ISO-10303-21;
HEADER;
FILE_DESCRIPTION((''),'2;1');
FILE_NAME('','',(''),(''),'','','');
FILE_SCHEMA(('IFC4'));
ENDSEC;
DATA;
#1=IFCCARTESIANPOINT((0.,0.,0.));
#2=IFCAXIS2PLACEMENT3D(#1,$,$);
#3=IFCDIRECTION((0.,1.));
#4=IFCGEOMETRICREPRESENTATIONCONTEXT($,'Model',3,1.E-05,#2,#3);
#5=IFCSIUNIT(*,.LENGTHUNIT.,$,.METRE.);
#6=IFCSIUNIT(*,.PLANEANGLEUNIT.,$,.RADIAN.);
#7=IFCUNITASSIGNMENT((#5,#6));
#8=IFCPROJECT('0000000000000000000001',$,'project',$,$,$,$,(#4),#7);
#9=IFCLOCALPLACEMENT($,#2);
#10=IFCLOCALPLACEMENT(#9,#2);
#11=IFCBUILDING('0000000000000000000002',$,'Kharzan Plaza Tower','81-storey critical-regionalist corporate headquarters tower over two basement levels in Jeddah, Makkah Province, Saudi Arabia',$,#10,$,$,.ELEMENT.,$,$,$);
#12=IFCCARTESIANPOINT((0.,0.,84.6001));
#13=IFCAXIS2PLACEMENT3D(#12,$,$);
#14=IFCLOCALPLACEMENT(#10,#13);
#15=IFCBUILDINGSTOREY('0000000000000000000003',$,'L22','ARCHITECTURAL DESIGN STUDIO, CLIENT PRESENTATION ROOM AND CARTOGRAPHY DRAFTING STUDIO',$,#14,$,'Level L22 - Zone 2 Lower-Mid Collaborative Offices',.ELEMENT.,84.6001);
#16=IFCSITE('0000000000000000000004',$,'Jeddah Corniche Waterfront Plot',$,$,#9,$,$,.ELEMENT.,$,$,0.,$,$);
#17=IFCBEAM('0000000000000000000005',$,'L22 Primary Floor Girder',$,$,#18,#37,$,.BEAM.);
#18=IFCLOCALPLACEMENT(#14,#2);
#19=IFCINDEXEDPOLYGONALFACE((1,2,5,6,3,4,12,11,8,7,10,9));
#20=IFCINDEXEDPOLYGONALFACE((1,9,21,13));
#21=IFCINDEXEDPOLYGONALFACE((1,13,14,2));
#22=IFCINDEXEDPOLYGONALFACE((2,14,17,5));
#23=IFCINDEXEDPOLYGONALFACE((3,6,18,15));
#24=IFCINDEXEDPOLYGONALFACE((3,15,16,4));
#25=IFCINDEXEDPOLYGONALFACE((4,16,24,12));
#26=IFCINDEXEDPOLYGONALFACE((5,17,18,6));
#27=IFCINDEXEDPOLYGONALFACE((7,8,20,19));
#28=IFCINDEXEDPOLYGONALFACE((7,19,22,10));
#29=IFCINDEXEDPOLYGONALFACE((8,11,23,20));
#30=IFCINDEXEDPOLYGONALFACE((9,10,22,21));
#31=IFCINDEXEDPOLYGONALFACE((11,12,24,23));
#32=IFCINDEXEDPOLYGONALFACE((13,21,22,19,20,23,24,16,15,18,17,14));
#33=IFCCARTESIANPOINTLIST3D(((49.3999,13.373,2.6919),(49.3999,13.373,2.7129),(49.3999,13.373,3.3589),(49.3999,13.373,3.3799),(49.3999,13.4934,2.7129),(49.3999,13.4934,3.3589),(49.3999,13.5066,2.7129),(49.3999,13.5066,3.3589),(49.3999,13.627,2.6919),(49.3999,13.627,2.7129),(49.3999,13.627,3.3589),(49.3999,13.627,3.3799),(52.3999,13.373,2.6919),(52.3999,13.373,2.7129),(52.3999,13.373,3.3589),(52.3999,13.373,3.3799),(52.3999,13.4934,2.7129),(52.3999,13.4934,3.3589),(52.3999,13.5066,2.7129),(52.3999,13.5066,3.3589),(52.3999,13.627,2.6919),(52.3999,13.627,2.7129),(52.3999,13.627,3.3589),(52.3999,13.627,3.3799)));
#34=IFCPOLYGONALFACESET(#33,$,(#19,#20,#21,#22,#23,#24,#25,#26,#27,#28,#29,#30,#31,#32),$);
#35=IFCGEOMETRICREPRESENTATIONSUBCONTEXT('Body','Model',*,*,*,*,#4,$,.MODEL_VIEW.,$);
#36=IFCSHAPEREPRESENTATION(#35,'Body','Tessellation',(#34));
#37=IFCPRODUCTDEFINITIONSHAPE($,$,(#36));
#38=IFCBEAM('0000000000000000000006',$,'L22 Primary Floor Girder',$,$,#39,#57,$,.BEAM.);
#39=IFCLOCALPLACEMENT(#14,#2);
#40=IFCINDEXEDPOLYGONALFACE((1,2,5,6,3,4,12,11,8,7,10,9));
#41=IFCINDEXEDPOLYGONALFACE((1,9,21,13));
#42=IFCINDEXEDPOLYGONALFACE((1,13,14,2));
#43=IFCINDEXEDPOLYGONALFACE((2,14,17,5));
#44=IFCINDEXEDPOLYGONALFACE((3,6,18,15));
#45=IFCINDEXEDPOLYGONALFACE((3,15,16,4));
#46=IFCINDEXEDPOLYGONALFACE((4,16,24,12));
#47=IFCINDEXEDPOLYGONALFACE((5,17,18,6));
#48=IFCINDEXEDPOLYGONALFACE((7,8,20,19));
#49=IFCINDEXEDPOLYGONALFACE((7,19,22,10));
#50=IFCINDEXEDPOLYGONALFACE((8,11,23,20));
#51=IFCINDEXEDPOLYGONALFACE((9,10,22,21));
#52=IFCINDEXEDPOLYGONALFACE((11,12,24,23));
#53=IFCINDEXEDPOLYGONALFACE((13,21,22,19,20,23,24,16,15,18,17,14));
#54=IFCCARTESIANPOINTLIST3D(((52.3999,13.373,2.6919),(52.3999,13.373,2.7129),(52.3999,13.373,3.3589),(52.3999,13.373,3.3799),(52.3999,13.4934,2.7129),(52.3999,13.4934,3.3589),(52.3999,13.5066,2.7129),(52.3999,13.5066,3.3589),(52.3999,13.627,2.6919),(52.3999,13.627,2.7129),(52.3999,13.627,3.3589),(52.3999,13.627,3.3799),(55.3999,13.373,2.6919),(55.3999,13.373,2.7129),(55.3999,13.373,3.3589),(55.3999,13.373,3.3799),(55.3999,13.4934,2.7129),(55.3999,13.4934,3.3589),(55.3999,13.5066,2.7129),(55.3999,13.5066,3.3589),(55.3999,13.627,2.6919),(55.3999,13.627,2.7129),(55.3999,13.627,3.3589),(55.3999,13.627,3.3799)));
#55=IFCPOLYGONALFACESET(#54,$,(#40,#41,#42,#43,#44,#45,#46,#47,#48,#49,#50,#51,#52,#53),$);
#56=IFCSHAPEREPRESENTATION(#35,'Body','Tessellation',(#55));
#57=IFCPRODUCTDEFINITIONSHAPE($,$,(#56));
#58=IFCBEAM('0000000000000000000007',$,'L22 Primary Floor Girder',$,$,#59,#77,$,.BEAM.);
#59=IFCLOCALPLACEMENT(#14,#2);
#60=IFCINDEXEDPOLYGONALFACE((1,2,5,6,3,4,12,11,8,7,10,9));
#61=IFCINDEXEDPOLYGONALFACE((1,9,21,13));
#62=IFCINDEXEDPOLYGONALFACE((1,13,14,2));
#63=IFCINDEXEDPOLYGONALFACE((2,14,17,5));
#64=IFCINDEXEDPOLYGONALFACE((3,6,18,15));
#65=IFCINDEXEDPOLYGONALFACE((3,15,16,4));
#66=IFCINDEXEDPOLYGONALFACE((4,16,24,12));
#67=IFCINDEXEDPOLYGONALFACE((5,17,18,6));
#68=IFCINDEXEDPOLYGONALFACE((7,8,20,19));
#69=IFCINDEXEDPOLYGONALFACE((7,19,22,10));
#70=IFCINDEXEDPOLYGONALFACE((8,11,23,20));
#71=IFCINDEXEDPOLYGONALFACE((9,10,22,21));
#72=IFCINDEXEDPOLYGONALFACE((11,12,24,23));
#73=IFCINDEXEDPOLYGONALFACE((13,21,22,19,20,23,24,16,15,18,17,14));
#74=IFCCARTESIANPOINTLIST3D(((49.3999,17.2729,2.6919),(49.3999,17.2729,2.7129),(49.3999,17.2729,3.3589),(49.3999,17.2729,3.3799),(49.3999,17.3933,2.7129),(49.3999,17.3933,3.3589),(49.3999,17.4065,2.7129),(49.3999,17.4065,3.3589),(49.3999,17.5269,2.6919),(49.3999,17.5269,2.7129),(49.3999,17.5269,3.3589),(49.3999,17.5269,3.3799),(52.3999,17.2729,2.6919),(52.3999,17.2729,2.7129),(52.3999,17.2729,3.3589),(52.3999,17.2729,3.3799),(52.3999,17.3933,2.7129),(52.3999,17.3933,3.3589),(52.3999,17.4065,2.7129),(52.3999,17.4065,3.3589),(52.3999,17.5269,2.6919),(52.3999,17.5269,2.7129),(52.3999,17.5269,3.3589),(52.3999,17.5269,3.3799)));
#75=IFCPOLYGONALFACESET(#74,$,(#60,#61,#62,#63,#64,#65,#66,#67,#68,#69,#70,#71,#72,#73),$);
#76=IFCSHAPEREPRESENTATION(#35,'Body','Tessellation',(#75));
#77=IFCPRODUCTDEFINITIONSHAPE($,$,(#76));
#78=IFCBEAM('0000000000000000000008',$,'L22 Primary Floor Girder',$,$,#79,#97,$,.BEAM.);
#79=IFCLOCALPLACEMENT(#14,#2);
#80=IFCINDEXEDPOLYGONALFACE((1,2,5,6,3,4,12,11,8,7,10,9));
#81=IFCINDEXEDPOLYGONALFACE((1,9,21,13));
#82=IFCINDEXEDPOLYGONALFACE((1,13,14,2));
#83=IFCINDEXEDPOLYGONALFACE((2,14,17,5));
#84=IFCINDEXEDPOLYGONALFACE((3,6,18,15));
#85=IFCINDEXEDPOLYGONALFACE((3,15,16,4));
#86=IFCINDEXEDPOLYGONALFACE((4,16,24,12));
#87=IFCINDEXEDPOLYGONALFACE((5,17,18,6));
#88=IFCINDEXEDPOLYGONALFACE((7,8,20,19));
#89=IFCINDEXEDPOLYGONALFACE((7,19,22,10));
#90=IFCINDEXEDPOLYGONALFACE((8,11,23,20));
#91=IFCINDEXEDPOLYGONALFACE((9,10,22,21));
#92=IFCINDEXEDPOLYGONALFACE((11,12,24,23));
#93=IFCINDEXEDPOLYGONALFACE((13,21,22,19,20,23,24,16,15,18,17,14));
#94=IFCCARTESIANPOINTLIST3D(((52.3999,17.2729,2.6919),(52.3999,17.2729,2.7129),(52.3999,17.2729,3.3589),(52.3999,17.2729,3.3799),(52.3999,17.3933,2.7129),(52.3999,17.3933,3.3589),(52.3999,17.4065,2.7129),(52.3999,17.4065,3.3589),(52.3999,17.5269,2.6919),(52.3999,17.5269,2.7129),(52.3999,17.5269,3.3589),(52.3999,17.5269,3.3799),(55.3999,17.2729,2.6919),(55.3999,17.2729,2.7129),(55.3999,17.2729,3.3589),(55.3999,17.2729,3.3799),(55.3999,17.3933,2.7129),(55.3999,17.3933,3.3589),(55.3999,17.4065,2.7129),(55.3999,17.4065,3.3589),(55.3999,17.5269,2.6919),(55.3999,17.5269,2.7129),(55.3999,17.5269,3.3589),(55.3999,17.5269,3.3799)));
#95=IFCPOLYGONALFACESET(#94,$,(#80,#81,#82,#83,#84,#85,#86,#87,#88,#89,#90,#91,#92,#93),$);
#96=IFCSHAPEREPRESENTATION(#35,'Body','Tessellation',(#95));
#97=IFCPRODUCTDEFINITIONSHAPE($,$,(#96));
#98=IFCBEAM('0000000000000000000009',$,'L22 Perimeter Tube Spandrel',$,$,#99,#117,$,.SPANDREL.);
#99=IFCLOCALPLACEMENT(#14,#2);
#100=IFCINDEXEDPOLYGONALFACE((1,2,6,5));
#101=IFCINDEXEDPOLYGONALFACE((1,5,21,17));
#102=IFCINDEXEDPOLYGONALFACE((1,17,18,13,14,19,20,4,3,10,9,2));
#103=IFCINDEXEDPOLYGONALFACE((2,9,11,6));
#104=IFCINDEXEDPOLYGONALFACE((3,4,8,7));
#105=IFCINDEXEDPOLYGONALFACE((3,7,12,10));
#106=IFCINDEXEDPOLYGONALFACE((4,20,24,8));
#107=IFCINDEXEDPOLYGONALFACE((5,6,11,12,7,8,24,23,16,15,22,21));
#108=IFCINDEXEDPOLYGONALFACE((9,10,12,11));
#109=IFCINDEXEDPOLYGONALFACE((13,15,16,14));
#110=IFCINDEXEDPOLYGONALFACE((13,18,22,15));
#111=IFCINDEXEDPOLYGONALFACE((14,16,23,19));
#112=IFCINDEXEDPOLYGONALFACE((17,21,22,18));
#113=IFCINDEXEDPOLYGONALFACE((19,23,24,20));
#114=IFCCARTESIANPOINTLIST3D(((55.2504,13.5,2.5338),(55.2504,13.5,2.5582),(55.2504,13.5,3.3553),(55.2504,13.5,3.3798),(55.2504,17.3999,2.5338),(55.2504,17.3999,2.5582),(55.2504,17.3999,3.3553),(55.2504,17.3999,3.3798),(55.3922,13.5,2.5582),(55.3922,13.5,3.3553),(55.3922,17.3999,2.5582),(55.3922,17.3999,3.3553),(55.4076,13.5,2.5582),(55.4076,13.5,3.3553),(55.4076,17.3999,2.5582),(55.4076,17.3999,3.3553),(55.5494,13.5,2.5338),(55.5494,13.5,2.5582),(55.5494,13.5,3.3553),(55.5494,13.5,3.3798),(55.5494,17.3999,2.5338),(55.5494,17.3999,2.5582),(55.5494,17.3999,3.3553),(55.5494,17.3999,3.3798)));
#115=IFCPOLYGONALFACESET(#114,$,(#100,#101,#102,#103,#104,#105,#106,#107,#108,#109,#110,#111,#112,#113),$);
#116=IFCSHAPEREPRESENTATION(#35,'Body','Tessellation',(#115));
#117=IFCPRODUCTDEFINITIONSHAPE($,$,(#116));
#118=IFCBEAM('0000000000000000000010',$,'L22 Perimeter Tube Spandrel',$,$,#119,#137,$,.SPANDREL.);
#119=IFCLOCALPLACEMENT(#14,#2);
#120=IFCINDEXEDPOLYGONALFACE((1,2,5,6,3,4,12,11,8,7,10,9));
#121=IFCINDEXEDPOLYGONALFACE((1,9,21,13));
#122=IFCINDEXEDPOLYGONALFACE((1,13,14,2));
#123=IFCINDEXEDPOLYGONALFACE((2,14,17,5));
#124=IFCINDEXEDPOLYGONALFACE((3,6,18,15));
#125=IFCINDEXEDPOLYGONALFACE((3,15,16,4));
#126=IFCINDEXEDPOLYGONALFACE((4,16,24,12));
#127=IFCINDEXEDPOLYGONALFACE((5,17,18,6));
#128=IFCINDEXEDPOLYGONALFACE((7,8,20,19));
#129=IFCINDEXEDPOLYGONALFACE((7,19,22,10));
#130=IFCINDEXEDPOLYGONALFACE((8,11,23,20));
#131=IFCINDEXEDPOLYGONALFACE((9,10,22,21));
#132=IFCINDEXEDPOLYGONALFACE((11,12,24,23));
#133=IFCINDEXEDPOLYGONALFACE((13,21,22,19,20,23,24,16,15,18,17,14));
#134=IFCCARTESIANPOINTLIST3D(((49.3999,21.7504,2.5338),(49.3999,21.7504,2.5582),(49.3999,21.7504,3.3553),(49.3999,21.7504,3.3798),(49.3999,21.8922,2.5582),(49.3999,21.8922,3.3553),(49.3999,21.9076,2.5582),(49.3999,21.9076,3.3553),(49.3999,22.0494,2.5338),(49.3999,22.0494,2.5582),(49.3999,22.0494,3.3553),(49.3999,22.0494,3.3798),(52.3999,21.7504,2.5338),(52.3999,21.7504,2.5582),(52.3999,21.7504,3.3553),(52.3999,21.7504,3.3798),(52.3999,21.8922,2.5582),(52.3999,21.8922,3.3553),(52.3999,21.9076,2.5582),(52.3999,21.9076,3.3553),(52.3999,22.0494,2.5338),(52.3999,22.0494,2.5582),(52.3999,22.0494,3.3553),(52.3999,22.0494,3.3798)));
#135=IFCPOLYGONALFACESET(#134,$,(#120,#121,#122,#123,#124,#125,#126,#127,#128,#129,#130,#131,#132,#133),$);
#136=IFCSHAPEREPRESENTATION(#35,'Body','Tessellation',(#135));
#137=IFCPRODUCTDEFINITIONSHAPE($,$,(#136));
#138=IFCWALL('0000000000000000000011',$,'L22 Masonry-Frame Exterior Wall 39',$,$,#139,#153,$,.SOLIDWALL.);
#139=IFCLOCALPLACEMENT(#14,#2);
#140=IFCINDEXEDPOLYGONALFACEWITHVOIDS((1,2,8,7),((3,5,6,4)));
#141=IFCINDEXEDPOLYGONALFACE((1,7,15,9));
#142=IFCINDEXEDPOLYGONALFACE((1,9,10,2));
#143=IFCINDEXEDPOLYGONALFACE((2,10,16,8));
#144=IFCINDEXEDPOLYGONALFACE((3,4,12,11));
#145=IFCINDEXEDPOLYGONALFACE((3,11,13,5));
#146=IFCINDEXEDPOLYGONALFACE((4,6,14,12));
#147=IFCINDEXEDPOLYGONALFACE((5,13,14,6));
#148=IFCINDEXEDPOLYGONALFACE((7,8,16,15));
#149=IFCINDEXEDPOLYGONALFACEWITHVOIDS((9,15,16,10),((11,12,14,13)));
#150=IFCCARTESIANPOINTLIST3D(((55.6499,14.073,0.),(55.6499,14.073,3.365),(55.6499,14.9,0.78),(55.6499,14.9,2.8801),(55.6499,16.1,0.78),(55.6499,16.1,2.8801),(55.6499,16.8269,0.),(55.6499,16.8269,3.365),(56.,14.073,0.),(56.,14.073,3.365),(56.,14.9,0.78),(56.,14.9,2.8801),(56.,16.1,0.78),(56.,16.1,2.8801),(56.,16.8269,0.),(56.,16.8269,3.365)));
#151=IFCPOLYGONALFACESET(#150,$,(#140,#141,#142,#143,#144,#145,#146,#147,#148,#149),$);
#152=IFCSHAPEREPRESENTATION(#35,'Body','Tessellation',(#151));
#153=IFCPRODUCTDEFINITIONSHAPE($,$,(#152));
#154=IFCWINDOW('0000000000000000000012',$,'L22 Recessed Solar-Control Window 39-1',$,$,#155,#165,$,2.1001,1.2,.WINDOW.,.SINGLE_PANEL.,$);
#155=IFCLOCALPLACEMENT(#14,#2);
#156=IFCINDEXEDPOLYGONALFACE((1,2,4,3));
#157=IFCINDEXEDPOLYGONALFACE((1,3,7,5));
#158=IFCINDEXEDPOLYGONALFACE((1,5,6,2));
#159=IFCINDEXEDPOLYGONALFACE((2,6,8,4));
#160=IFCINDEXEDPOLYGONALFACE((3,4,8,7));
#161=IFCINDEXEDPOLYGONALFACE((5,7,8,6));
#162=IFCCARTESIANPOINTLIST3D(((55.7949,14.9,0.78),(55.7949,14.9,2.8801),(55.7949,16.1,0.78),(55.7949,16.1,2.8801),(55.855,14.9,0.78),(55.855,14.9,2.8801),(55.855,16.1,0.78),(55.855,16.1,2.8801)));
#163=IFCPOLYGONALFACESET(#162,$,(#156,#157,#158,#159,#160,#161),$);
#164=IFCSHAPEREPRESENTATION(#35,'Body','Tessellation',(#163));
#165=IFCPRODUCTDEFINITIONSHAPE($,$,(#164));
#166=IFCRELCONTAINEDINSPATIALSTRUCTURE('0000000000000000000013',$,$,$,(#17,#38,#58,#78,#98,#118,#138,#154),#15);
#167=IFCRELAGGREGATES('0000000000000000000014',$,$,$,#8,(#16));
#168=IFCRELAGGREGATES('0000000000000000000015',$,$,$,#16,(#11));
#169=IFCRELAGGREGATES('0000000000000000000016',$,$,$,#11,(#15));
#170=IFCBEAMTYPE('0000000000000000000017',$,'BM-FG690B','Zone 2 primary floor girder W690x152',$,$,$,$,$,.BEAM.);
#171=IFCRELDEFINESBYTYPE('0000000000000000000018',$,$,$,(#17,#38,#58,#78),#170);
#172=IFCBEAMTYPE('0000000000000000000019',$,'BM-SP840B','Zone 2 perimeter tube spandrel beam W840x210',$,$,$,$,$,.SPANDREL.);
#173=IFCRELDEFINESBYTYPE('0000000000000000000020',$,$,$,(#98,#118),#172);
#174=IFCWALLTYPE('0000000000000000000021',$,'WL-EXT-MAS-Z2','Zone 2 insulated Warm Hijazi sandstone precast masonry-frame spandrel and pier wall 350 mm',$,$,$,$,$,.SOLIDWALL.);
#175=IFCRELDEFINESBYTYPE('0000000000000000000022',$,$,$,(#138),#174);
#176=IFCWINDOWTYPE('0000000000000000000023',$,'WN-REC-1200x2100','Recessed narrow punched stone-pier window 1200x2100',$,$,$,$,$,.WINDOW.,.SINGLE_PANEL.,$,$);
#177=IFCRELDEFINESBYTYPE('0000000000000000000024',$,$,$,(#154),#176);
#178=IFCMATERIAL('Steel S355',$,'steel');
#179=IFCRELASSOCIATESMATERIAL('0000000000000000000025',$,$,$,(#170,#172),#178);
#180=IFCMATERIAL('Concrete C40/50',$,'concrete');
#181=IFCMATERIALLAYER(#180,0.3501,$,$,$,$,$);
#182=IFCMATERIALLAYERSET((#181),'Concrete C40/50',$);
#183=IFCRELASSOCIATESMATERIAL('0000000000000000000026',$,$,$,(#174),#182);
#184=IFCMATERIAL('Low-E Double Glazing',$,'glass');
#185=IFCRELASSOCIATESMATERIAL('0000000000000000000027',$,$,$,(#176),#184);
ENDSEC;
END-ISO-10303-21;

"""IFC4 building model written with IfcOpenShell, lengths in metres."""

from ifc_helpers import new_model, si_unit, direction, frame, frame_2d, origin, origin_2d, place, context, subcontext, project, spatial, rectangle, i_section, extrude, source, transform, mapped, material, layer, layer_set, material_profile, profile_set, type_object, element, fill, save


model = new_model("IFC4")

# Units and contexts
model_context = context("Model", 3, precision=1e-05, world=origin(), true_north=direction((0.0, 1.0)))
body_context = subcontext(model_context, "Body", "Model", "MODEL_VIEW")
ifc_project = project(units=[si_unit("LENGTHUNIT", "METRE"), si_unit("PLANEANGLEUNIT", "RADIAN")], contexts=[model_context])

# Site, building, storey
site_placement = place(None, origin())
site = spatial("IfcSite", under=ifc_project, at=site_placement, Name="Jeddah Corniche Waterfront Plot", CompositionType="ELEMENT", RefElevation=0.0)
building_placement = place(site_placement, origin())
building = spatial("IfcBuilding", under=site, at=building_placement, Name="Kharzan Plaza Tower", Description="81-storey critical-regionalist corporate headquarters tower over two basement levels in Jeddah, Makkah Province, Saudi Arabia", CompositionType="ELEMENT")
storey_placement = place(building_placement, frame((0.0, 0.0, 84.6001)))
storey = spatial("IfcBuildingStorey", under=building, at=storey_placement, Name="L22", Description="ARCHITECTURAL DESIGN STUDIO, CLIENT PRESENTATION ROOM AND CARTOGRAPHY DRAFTING STUDIO", LongName="Level L22 - Zone 2 Lower-Mid Collaborative Offices", CompositionType="ELEMENT", Elevation=84.6001)

# Beams
ifc_material_1 = material(Name="Steel S355", Category="steel")
ifc_material_profile_1 = material_profile(ifc_material_1, i_section(OverallWidth=0.2539, OverallDepth=0.688, WebThickness=0.0132, FlangeThickness=0.021, at=origin_2d()), Name="W690x152")
ifc_profile_set_1 = profile_set([ifc_material_profile_1], Name="Steel S355")
beam_type_1 = type_object("IfcBeamType", Name="BM-FG690B", Description="Zone 2 primary floor girder W690x152", PredefinedType="BEAM", material=ifc_profile_set_1)
shared_shape_1 = source(origin(), body_context, "Body", "SweptSolid", [
    extrude(i_section(OverallWidth=0.2539, OverallDepth=0.688, WebThickness=0.0132, FlangeThickness=0.021, at=origin_2d()), origin(), (0.0, 0.0, 1.0), 3.0),
])
for number, where, z_axis, x_axis, name in (
    (1, (49.3999, 13.5, 3.0359), (1.0, 0.0, 0.0), (0.0, 1.0, 0.0), "L22 Primary Floor Girder"),
    (2, (52.3999, 13.5, 3.0359), (1.0, 0.0, 0.0), (0.0, 1.0, 0.0), "L22 Primary Floor Girder"),
    (3, (49.3999, 17.3999, 3.0359), (1.0, 0.0, 0.0), (0.0, 1.0, 0.0), "L22 Primary Floor Girder"),
    (4, (52.3999, 17.3999, 3.0359), (1.0, 0.0, 0.0), (0.0, 1.0, 0.0), "L22 Primary Floor Girder"),
):
    element("IfcBeam", number, at=place(storey_placement, frame(where, z_axis=z_axis, x_axis=x_axis)), inside=storey, type_object=beam_type_1, Name=name, PredefinedType="BEAM", context=body_context, shape_type="MappedRepresentation", body=[
        mapped(shared_shape_1, transform((0.0, 0.0, 0.0), x_axis=(1.0, 0.0, 0.0), y_axis=(0.0, 1.0, 0.0), z_axis=(0.0, 0.0, 1.0))),
    ])
ifc_material_profile_2 = material_profile(ifc_material_1, i_section(OverallWidth=0.2991, OverallDepth=0.8459, WebThickness=0.0154, FlangeThickness=0.0244, at=origin_2d()), Name="W840x210")
ifc_profile_set_2 = profile_set([ifc_material_profile_2], Name="Steel S355")
beam_type_2 = type_object("IfcBeamType", Name="BM-SP840B", Description="Zone 2 perimeter tube spandrel beam W840x210", PredefinedType="SPANDREL", material=ifc_profile_set_2)
shared_shape_2 = source(origin(), body_context, "Body", "SweptSolid", [
    extrude(i_section(OverallWidth=0.2991, OverallDepth=0.8459, WebThickness=0.0154, FlangeThickness=0.0244, at=origin_2d()), origin(), (0.0, 0.0, 1.0), 3.8999),
])
beam_1_placement = place(storey_placement, frame((55.3999, 13.5, 2.9568), z_axis=(0.0, 1.0, 0.0), x_axis=(-1.0, 0.0, 0.0)))
element("IfcBeam", 5, at=beam_1_placement, inside=storey, type_object=beam_type_2, Name="L22 Perimeter Tube Spandrel", PredefinedType="SPANDREL", context=body_context, shape_type="MappedRepresentation", body=[
    mapped(shared_shape_2, transform((0.0, 0.0, 0.0), x_axis=(1.0, 0.0, 0.0), y_axis=(0.0, 1.0, 0.0), z_axis=(0.0, 0.0, 1.0))),
])
shared_shape_3 = source(origin(), body_context, "Body", "SweptSolid", [
    extrude(i_section(OverallWidth=0.2991, OverallDepth=0.8459, WebThickness=0.0154, FlangeThickness=0.0244, at=origin_2d()), origin(), (0.0, 0.0, 1.0), 3.0),
])
beam_2_placement = place(storey_placement, frame((49.3999, 21.8999, 2.9568), z_axis=(1.0, 0.0, 0.0), x_axis=(0.0, 1.0, 0.0)))
element("IfcBeam", 6, at=beam_2_placement, inside=storey, type_object=beam_type_2, Name="L22 Perimeter Tube Spandrel", PredefinedType="SPANDREL", context=body_context, shape_type="MappedRepresentation", body=[
    mapped(shared_shape_3, transform((0.0, 0.0, 0.0), x_axis=(1.0, 0.0, 0.0), y_axis=(0.0, 1.0, 0.0), z_axis=(0.0, 0.0, 1.0))),
])

# Wall, opening, window
ifc_material_2 = material(Name="Concrete C40/50", Category="concrete")
ifc_layer = layer(ifc_material_2, 0.3501)
ifc_layer_set = layer_set([ifc_layer], Name="Concrete C40/50")
wall_type = type_object("IfcWallType", Name="WL-EXT-MAS-Z2", Description="Zone 2 insulated Warm Hijazi sandstone precast masonry-frame spandrel and pier wall 350 mm", PredefinedType="SOLIDWALL", material=ifc_layer_set)
wall_1_placement = place(storey_placement, frame((55.825, 14.073, 0.0), z_axis=(0.0, 0.0, 1.0), x_axis=(0.0, 1.0, 0.0)))
wall_1 = element("IfcWall", 7, at=wall_1_placement, inside=storey, type_object=wall_type, Name="L22 Masonry-Frame Exterior Wall 39", PredefinedType="SOLIDWALL", context=body_context, shape_type="SweptSolid", body=[
    extrude(rectangle(XDim=2.7539, YDim=0.3501, at=frame_2d((1.377, 0.0))), origin(), (0.0, 0.0, 1.0), 3.365),
])
opening_1_placement = place(wall_1_placement, frame((0.8269, 0.0, 0.78)))
opening_1 = element("IfcOpeningElement", 8, at=opening_1_placement, cuts=wall_1, PredefinedType="OPENING", context=body_context, shape_type="SweptSolid", body=[
    extrude(rectangle(XDim=1.2, YDim=2.1001, at=frame_2d((0.6001, 1.05))), frame((0.0, 0.1851, 0.0), z_axis=(0.0, -1.0, 0.0), x_axis=(1.0, 0.0, 0.0)), (0.0, 0.0, 1.0), 0.3701),
])
ifc_material_3 = material(Name="Low-E Double Glazing", Category="glass")
window_type_1 = type_object("IfcWindowType", Name="WN-REC-1200x2100", Description="Recessed narrow punched stone-pier window 1200x2100", PartitioningType="SINGLE_PANEL", PredefinedType="WINDOW", material=ifc_material_3)
shared_shape_4 = source(origin(), body_context, "Body", "SweptSolid", [
    extrude(rectangle(XDim=1.2, YDim=2.1001, at=frame_2d((0.6001, 1.05))), frame((0.0, 0.03, 0.0), z_axis=(0.0, -1.0, 0.0), x_axis=(1.0, 0.0, 0.0)), (0.0, 0.0, 1.0), 0.0601),
])
window_1_placement = place(opening_1_placement, origin())
window_1 = element("IfcWindow", 9, at=window_1_placement, inside=storey, type_object=window_type_1, Name="L22 Recessed Solar-Control Window 39-1", OverallHeight=2.1001, OverallWidth=1.2, PartitioningType="SINGLE_PANEL", PredefinedType="WINDOW", context=body_context, shape_type="MappedRepresentation", body=[
    mapped(shared_shape_4, transform((0.0, 0.0, 0.0), x_axis=(1.0, 0.0, 0.0), y_axis=(0.0, 1.0, 0.0), z_axis=(0.0, 0.0, 1.0))),
])
fill(opening_1, window_1)

save(model, "model.ifc")
